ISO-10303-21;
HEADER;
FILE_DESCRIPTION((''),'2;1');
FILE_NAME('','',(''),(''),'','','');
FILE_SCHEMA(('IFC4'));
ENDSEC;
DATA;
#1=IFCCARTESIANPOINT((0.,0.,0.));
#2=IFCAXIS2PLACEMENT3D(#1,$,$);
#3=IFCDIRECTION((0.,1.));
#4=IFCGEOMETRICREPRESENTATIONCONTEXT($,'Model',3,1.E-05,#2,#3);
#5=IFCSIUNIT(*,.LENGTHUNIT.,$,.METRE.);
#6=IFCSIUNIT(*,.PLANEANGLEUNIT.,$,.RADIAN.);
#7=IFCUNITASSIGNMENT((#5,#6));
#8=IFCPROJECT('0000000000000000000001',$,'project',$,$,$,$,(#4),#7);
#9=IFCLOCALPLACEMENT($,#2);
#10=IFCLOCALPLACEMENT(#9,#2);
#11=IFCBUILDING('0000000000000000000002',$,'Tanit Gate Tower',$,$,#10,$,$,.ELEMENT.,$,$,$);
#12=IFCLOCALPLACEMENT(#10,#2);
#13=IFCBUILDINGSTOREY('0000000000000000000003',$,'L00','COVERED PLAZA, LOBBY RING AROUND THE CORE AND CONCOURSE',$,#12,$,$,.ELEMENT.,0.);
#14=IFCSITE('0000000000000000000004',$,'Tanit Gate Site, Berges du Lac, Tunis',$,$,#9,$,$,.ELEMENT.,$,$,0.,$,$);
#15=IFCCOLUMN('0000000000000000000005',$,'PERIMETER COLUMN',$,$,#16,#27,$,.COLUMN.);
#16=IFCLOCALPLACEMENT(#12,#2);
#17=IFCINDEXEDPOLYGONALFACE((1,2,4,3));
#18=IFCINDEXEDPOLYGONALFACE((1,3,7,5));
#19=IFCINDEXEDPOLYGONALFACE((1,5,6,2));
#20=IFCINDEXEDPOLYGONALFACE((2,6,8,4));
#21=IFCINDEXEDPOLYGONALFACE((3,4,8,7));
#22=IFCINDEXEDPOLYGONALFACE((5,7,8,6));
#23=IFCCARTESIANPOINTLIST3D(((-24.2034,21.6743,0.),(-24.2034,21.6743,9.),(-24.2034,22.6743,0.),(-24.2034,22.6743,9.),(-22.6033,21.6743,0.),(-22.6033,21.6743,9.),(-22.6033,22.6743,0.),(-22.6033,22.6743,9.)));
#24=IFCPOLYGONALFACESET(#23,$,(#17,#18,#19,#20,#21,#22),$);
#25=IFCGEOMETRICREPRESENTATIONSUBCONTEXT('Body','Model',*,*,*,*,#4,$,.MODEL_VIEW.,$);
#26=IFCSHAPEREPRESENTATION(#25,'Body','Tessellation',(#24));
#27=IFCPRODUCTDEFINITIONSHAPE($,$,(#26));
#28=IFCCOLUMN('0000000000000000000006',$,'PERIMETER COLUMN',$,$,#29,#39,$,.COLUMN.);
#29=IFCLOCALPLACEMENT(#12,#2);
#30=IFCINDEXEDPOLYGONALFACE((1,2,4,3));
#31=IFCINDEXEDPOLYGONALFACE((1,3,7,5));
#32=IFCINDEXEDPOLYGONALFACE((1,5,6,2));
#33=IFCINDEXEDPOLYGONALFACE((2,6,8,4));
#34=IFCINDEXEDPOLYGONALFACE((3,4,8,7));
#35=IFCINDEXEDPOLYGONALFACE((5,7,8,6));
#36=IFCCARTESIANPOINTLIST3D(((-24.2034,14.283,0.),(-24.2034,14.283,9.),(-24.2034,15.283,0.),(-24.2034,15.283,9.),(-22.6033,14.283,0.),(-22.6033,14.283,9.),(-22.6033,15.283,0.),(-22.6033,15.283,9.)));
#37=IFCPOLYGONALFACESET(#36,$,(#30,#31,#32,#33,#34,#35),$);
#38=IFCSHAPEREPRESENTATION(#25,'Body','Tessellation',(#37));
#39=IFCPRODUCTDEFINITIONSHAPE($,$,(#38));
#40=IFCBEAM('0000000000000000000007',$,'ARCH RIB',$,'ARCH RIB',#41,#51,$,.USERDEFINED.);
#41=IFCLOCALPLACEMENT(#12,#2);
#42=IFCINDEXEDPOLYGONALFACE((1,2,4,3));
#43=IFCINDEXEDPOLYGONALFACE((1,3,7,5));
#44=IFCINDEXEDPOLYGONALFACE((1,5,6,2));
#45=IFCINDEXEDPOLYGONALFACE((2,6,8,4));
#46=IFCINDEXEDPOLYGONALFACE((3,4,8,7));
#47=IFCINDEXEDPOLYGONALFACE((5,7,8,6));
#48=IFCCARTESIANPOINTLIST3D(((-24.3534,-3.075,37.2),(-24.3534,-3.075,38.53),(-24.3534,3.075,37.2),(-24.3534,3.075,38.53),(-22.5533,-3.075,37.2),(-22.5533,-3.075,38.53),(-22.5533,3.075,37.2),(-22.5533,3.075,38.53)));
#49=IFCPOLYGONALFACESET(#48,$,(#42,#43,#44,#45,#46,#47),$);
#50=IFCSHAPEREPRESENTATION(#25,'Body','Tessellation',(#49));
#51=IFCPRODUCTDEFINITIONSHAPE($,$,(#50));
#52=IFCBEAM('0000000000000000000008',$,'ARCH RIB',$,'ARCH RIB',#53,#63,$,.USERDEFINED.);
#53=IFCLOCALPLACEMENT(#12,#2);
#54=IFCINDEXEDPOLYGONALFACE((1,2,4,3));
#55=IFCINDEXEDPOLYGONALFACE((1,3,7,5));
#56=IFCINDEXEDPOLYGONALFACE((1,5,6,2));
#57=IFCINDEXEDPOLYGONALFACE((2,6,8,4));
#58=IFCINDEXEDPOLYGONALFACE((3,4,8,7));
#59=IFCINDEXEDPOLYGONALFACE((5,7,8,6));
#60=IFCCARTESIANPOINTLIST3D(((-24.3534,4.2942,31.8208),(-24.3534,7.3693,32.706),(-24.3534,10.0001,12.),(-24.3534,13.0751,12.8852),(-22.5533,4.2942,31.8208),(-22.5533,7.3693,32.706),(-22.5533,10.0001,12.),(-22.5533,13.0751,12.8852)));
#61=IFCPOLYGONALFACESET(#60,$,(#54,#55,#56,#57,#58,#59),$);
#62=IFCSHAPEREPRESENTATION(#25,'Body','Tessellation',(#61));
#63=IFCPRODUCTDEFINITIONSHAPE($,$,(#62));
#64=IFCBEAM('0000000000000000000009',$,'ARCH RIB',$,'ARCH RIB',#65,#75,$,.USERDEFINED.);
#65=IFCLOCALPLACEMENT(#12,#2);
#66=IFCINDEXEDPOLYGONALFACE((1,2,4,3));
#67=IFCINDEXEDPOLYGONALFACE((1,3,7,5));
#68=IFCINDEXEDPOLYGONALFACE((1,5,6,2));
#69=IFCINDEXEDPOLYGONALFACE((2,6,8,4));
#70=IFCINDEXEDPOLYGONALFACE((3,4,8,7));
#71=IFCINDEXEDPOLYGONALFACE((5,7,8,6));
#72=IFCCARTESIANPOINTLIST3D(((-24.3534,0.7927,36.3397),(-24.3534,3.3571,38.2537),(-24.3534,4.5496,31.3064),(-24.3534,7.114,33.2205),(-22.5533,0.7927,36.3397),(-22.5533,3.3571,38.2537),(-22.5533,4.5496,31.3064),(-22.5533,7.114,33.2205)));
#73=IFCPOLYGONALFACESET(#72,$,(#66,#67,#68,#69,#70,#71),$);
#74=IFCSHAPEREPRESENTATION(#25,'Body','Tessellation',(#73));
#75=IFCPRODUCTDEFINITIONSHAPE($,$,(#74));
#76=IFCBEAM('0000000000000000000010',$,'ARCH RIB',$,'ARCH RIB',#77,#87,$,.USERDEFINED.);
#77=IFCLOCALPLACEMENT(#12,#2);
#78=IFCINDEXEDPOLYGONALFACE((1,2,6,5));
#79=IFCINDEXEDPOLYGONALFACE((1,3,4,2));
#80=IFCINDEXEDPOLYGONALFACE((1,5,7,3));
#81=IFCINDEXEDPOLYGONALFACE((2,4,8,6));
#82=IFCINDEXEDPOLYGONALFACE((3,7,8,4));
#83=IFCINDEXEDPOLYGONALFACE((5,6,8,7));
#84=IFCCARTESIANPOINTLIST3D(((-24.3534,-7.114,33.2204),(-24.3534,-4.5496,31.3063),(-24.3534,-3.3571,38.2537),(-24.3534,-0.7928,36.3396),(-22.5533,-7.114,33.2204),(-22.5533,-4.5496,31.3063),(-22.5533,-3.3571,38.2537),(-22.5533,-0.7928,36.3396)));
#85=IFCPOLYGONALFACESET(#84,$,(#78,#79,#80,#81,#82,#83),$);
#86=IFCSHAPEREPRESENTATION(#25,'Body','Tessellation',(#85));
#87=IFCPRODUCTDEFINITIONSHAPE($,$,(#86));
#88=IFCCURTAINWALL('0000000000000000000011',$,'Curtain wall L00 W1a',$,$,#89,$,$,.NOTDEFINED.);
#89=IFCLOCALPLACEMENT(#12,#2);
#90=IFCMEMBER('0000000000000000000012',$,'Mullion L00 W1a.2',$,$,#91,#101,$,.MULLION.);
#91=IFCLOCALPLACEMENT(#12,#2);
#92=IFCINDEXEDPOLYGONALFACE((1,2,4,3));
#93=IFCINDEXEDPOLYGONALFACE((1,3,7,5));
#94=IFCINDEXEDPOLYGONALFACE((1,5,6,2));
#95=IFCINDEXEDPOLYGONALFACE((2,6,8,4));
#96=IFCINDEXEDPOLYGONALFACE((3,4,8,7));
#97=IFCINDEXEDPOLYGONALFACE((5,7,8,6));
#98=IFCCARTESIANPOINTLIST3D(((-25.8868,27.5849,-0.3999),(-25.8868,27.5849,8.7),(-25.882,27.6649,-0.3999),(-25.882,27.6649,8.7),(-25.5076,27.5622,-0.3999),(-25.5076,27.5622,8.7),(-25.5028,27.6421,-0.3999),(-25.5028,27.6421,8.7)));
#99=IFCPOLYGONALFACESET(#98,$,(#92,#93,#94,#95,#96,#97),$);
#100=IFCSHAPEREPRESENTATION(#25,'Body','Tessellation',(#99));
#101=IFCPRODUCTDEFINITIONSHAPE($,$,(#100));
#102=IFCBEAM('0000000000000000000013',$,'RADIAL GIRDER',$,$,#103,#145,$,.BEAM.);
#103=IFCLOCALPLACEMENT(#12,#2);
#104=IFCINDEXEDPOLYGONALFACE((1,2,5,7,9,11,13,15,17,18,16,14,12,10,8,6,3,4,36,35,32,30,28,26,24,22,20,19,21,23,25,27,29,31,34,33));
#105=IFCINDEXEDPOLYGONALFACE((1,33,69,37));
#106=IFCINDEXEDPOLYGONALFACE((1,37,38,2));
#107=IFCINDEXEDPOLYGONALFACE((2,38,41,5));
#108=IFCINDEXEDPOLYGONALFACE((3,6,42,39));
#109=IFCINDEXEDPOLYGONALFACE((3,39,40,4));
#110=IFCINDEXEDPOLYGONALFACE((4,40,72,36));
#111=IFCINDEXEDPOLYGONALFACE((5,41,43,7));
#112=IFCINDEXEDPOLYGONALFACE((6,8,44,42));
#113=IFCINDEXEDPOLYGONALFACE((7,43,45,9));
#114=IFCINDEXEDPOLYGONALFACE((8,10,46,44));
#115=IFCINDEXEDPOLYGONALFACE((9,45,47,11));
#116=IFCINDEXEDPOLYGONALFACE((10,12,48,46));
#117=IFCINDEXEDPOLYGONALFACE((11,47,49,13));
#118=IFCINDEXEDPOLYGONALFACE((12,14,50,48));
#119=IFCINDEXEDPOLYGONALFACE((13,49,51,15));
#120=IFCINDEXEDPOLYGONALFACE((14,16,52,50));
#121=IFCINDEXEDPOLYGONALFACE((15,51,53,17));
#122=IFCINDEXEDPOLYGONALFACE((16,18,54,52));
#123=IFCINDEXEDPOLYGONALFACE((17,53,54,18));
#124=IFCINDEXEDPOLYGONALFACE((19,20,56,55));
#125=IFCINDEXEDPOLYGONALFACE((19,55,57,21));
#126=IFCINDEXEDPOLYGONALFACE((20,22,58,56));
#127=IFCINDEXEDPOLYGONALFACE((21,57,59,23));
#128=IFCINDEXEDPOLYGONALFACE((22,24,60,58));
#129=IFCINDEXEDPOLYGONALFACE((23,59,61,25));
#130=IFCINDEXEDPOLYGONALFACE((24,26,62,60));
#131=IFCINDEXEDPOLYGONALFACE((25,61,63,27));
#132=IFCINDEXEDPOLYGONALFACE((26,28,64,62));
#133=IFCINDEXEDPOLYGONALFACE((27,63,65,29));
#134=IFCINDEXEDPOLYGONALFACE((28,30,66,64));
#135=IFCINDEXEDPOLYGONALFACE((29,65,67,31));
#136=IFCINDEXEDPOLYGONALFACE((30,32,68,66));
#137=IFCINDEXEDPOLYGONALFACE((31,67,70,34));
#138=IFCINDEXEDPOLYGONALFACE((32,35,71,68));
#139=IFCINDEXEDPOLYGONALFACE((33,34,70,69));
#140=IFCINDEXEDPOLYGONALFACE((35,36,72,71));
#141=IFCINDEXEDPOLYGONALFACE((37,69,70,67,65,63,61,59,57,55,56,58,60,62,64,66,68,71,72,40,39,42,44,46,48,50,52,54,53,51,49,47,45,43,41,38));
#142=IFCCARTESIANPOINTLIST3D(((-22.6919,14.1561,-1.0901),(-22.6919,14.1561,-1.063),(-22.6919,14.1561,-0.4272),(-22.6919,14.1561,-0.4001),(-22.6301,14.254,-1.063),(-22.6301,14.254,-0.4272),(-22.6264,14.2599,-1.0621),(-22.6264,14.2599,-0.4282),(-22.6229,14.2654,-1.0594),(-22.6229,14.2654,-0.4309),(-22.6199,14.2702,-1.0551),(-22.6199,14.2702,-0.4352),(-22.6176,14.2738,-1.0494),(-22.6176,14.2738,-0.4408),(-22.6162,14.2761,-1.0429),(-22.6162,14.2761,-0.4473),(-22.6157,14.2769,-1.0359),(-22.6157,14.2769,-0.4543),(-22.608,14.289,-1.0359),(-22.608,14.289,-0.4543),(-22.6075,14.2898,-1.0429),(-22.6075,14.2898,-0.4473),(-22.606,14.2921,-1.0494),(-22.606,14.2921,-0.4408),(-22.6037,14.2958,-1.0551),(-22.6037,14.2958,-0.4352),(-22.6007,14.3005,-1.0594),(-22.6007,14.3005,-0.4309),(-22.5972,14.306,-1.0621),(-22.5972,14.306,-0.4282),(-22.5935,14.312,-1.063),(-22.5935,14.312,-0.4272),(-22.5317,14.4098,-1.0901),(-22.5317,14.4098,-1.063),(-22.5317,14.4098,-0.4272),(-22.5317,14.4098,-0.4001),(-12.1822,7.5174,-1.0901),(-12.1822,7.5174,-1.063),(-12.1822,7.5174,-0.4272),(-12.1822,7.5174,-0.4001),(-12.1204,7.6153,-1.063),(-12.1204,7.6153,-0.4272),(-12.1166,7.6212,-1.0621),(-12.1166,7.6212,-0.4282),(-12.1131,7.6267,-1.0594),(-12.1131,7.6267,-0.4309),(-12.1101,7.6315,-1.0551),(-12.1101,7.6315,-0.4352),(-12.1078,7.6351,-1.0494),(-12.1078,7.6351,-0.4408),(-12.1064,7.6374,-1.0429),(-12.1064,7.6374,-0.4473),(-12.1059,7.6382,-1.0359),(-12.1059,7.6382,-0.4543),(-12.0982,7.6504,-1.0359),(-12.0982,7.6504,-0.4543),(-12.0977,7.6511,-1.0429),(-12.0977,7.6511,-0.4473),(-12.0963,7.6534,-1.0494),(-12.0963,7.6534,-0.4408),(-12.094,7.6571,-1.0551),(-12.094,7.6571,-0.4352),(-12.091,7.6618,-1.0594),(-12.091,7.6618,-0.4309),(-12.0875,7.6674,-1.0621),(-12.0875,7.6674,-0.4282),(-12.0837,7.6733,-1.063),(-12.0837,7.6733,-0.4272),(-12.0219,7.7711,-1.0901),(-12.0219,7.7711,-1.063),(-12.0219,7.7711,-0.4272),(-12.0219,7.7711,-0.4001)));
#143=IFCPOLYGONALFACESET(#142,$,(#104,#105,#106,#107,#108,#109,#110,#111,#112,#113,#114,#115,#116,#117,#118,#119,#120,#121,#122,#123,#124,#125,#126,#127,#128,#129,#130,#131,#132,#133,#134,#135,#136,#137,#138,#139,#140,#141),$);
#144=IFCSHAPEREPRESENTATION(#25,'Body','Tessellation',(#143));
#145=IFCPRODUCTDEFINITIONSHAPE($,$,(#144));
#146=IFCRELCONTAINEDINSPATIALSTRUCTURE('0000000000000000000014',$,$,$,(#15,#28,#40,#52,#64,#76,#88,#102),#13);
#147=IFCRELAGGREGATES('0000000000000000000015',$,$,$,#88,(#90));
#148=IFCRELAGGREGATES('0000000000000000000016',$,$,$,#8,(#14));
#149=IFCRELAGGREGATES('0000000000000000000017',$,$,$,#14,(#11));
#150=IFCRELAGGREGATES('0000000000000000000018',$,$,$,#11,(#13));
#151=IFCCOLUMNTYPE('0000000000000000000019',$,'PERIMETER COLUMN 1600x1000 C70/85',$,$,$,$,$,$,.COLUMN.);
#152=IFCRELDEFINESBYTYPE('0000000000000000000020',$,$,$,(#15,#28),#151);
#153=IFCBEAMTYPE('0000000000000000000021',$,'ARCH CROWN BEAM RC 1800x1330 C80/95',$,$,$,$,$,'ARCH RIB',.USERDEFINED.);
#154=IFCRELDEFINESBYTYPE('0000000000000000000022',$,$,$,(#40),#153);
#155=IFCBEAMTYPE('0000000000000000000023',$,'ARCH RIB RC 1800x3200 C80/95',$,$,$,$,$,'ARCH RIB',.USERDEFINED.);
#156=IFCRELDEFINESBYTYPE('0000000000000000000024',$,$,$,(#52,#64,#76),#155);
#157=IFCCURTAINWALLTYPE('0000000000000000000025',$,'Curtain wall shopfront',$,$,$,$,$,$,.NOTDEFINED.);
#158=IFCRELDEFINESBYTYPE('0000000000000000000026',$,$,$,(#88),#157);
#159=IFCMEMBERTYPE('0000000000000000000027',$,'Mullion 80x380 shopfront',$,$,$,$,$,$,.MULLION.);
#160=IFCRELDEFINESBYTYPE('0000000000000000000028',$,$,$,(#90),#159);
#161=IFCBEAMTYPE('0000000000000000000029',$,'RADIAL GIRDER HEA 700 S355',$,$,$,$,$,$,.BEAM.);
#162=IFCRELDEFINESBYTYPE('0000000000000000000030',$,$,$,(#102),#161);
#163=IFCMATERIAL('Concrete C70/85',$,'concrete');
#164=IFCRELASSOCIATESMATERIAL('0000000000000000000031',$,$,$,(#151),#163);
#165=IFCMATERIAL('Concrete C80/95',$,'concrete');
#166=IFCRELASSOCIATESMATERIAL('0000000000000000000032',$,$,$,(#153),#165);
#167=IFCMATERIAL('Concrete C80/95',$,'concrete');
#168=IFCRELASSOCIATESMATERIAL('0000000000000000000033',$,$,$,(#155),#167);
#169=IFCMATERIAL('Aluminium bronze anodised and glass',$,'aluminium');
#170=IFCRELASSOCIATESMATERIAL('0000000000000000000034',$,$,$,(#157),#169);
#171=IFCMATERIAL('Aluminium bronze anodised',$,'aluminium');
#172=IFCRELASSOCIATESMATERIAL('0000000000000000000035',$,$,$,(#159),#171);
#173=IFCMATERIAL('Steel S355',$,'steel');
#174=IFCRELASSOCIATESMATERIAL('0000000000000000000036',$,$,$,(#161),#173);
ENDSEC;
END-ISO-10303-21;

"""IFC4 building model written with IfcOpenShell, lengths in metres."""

from ifc_helpers import new_model, si_unit, direction, frame, origin, origin_2d, place, context, subcontext, project, spatial, rectangle, i_section, extrude, material, material_profile, profile_set, type_object, element, aggregate, save


model = new_model("IFC4")

# Units and contexts
model_context = context("Model", 3, precision=1e-05, world=origin(), true_north=direction((0.0, 1.0)))
body_context = subcontext(model_context, "Body", "Model", "MODEL_VIEW")
ifc_project = project(units=[si_unit("LENGTHUNIT", "METRE"), si_unit("PLANEANGLEUNIT", "RADIAN")], contexts=[model_context])

# Site, building, storey
site_placement = place(None, origin())
site = spatial("IfcSite", under=ifc_project, at=site_placement, Name="Tanit Gate Site, Berges du Lac, Tunis", CompositionType="ELEMENT", RefElevation=0.0)
building_placement = place(site_placement, origin())
building = spatial("IfcBuilding", under=site, at=building_placement, Name="Tanit Gate Tower", CompositionType="ELEMENT")
storey_placement = place(building_placement, origin())
storey = spatial("IfcBuildingStorey", under=building, at=storey_placement, Name="L00", Description="COVERED PLAZA, LOBBY RING AROUND THE CORE AND CONCOURSE", CompositionType="ELEMENT", Elevation=0.0)

# Columns
ifc_material_1 = material(Name="Concrete C70/85", Category="concrete")
ifc_material_profile_1 = material_profile(ifc_material_1, rectangle(XDim=1.6001, YDim=1.0, at=origin_2d()), Name="RC 1600x1000")
ifc_profile_set_1 = profile_set([ifc_material_profile_1], Name="Concrete C70/85")
column_type = type_object("IfcColumnType", Name="PERIMETER COLUMN 1600x1000 C70/85", PredefinedType="COLUMN", material=ifc_profile_set_1)
for number, where, z_axis, x_axis, name in (
    (1, (-23.4033, 22.1743, 0.0), (0.0, 0.0, 1.0), (-1.0, 0.0, 0.0), "PERIMETER COLUMN"),
    (2, (-23.4033, 14.783, 0.0), (0.0, 0.0, 1.0), (-1.0, 0.0, 0.0), "PERIMETER COLUMN"),
):
    element("IfcColumn", number, at=place(storey_placement, frame(where, z_axis=z_axis, x_axis=x_axis)), inside=storey, type_object=column_type, Name=name, PredefinedType="COLUMN", context=body_context, shape_type="SweptSolid", body=[
        extrude(rectangle(XDim=1.6001, YDim=1.0, at=origin_2d()), origin(), (0.0, 0.0, 1.0), 9.0),
    ])

# Beams
ifc_material_2 = material(Name="Concrete C80/95", Category="concrete")
ifc_material_profile_2 = material_profile(ifc_material_2, rectangle(XDim=1.8, YDim=1.3301, at=origin_2d()), Name="RC 1800x1330")
ifc_profile_set_2 = profile_set([ifc_material_profile_2], Name="Concrete C80/95")
beam_type_1 = type_object("IfcBeamType", Name="ARCH CROWN BEAM RC 1800x1330 C80/95", ElementType="ARCH RIB", PredefinedType="USERDEFINED", material=ifc_profile_set_2)
beam_1_placement = place(storey_placement, frame((-23.4534, 3.075, 37.865), z_axis=(0.0, -1.0, 0.0), x_axis=(1.0, 0.0, 0.0)))
element("IfcBeam", 3, at=beam_1_placement, inside=storey, type_object=beam_type_1, Name="ARCH RIB", ObjectType="ARCH RIB", PredefinedType="USERDEFINED", context=body_context, shape_type="SweptSolid", body=[
    extrude(rectangle(XDim=1.8, YDim=1.3301, at=origin_2d()), origin(), (0.0, 0.0, 1.0), 6.1499),
])
ifc_material_3 = material(Name="Concrete C80/95", Category="concrete")
ifc_material_profile_3 = material_profile(ifc_material_3, rectangle(XDim=1.8, YDim=3.2, at=origin_2d()), Name="RC 1800x3200")
ifc_profile_set_3 = profile_set([ifc_material_profile_3], Name="Concrete C80/95")
beam_type_2 = type_object("IfcBeamType", Name="ARCH RIB RC 1800x3200 C80/95", ElementType="ARCH RIB", PredefinedType="USERDEFINED", material=ifc_profile_set_3)
beam_2_placement = place(storey_placement, frame((-23.4534, 11.5376, 12.4426), z_axis=(0.0, -0.276636, 0.960975), x_axis=(1.0, 0.0, 0.0)))
element("IfcBeam", 4, at=beam_2_placement, inside=storey, type_object=beam_type_2, Name="ARCH RIB", ObjectType="ARCH RIB", PredefinedType="USERDEFINED", context=body_context, shape_type="SweptSolid", body=[
    extrude(rectangle(XDim=1.8, YDim=3.2, at=origin_2d()), origin(), (0.0, 0.0, 1.0), 20.6257),
])
for number, where, z_axis, x_axis, name in (
    (5, (-23.4534, 5.8318, 32.2634), (0.0, -0.598157, 0.801379), (1.0, 0.0, 0.0), "ARCH RIB"),
    (6, (-23.4534, -2.075, 37.2966), (0.0, -0.598157, -0.801379), (1.0, 0.0, 0.0), "ARCH RIB"),
):
    element("IfcBeam", number, at=place(storey_placement, frame(where, z_axis=z_axis, x_axis=x_axis)), inside=storey, type_object=beam_type_2, Name=name, ObjectType="ARCH RIB", PredefinedType="USERDEFINED", context=body_context, shape_type="SweptSolid", body=[
        extrude(rectangle(XDim=1.8, YDim=3.2, at=origin_2d()), origin(), (0.0, 0.0, 1.0), 6.2808),
    ])

# Curtain wall, member
ifc_material_4 = material(Name="Aluminium bronze anodised and glass", Category="aluminium")
curtain_wall_type = type_object("IfcCurtainWallType", Name="Curtain wall shopfront", PredefinedType="NOTDEFINED", material=ifc_material_4)
curtain_wall_placement = place(storey_placement, origin())
curtain_wall = element("IfcCurtainWall", 7, at=curtain_wall_placement, inside=storey, type_object=curtain_wall_type, Name="Curtain wall L00 W1a", PredefinedType="NOTDEFINED")
ifc_material_5 = material(Name="Aluminium bronze anodised", Category="aluminium")
ifc_material_profile_4 = material_profile(ifc_material_5, rectangle(XDim=0.3799, YDim=0.0801, at=origin_2d()), Name="80x380 bronze mullion")
ifc_profile_set_4 = profile_set([ifc_material_profile_4], Name="Aluminium bronze anodised")
member_type = type_object("IfcMemberType", Name="Mullion 80x380 shopfront", PredefinedType="MULLION", material=ifc_profile_set_4)
member_placement = place(storey_placement, frame((-25.6948, 27.6135, -0.3999), z_axis=(0.0, 0.0, 1.0), x_axis=(0.99821, -0.059812, 0.0)))
member = element("IfcMember", 8, at=member_placement, type_object=member_type, Name="Mullion L00 W1a.2", PredefinedType="MULLION", context=body_context, shape_type="SweptSolid", body=[
    extrude(rectangle(XDim=0.3799, YDim=0.0801, at=origin_2d()), origin(), (0.0, 0.0, 1.0), 9.0999),
])
aggregate(curtain_wall, [member])

# Beam
ifc_material_6 = material(Name="Steel S355", Category="steel")
ifc_material_profile_5 = material_profile(ifc_material_6, i_section(OverallWidth=0.3, OverallDepth=0.6899, WebThickness=0.0144, FlangeThickness=0.0271, FilletRadius=0.0271, at=origin_2d()), Name="HEA 700")
ifc_profile_set_5 = profile_set([ifc_material_profile_5], Name="Steel S355")
beam_type_3 = type_object("IfcBeamType", Name="RADIAL GIRDER HEA 700 S355", PredefinedType="BEAM", material=ifc_profile_set_5)
beam_3_placement = place(storey_placement, frame((-22.6118, 14.283, -0.7451), z_axis=(0.845455, -0.534046, 0.0), x_axis=(0.534046, 0.845455, 0.0)))
element("IfcBeam", 9, at=beam_3_placement, inside=storey, type_object=beam_type_3, Name="RADIAL GIRDER", PredefinedType="BEAM", context=body_context, shape_type="SweptSolid", body=[
    extrude(i_section(OverallWidth=0.3, OverallDepth=0.6899, WebThickness=0.0144, FlangeThickness=0.0271, FilletRadius=0.0271, at=origin_2d()), origin(), (0.0, 0.0, 1.0), 12.4309),
])

save(model, "model.ifc")
